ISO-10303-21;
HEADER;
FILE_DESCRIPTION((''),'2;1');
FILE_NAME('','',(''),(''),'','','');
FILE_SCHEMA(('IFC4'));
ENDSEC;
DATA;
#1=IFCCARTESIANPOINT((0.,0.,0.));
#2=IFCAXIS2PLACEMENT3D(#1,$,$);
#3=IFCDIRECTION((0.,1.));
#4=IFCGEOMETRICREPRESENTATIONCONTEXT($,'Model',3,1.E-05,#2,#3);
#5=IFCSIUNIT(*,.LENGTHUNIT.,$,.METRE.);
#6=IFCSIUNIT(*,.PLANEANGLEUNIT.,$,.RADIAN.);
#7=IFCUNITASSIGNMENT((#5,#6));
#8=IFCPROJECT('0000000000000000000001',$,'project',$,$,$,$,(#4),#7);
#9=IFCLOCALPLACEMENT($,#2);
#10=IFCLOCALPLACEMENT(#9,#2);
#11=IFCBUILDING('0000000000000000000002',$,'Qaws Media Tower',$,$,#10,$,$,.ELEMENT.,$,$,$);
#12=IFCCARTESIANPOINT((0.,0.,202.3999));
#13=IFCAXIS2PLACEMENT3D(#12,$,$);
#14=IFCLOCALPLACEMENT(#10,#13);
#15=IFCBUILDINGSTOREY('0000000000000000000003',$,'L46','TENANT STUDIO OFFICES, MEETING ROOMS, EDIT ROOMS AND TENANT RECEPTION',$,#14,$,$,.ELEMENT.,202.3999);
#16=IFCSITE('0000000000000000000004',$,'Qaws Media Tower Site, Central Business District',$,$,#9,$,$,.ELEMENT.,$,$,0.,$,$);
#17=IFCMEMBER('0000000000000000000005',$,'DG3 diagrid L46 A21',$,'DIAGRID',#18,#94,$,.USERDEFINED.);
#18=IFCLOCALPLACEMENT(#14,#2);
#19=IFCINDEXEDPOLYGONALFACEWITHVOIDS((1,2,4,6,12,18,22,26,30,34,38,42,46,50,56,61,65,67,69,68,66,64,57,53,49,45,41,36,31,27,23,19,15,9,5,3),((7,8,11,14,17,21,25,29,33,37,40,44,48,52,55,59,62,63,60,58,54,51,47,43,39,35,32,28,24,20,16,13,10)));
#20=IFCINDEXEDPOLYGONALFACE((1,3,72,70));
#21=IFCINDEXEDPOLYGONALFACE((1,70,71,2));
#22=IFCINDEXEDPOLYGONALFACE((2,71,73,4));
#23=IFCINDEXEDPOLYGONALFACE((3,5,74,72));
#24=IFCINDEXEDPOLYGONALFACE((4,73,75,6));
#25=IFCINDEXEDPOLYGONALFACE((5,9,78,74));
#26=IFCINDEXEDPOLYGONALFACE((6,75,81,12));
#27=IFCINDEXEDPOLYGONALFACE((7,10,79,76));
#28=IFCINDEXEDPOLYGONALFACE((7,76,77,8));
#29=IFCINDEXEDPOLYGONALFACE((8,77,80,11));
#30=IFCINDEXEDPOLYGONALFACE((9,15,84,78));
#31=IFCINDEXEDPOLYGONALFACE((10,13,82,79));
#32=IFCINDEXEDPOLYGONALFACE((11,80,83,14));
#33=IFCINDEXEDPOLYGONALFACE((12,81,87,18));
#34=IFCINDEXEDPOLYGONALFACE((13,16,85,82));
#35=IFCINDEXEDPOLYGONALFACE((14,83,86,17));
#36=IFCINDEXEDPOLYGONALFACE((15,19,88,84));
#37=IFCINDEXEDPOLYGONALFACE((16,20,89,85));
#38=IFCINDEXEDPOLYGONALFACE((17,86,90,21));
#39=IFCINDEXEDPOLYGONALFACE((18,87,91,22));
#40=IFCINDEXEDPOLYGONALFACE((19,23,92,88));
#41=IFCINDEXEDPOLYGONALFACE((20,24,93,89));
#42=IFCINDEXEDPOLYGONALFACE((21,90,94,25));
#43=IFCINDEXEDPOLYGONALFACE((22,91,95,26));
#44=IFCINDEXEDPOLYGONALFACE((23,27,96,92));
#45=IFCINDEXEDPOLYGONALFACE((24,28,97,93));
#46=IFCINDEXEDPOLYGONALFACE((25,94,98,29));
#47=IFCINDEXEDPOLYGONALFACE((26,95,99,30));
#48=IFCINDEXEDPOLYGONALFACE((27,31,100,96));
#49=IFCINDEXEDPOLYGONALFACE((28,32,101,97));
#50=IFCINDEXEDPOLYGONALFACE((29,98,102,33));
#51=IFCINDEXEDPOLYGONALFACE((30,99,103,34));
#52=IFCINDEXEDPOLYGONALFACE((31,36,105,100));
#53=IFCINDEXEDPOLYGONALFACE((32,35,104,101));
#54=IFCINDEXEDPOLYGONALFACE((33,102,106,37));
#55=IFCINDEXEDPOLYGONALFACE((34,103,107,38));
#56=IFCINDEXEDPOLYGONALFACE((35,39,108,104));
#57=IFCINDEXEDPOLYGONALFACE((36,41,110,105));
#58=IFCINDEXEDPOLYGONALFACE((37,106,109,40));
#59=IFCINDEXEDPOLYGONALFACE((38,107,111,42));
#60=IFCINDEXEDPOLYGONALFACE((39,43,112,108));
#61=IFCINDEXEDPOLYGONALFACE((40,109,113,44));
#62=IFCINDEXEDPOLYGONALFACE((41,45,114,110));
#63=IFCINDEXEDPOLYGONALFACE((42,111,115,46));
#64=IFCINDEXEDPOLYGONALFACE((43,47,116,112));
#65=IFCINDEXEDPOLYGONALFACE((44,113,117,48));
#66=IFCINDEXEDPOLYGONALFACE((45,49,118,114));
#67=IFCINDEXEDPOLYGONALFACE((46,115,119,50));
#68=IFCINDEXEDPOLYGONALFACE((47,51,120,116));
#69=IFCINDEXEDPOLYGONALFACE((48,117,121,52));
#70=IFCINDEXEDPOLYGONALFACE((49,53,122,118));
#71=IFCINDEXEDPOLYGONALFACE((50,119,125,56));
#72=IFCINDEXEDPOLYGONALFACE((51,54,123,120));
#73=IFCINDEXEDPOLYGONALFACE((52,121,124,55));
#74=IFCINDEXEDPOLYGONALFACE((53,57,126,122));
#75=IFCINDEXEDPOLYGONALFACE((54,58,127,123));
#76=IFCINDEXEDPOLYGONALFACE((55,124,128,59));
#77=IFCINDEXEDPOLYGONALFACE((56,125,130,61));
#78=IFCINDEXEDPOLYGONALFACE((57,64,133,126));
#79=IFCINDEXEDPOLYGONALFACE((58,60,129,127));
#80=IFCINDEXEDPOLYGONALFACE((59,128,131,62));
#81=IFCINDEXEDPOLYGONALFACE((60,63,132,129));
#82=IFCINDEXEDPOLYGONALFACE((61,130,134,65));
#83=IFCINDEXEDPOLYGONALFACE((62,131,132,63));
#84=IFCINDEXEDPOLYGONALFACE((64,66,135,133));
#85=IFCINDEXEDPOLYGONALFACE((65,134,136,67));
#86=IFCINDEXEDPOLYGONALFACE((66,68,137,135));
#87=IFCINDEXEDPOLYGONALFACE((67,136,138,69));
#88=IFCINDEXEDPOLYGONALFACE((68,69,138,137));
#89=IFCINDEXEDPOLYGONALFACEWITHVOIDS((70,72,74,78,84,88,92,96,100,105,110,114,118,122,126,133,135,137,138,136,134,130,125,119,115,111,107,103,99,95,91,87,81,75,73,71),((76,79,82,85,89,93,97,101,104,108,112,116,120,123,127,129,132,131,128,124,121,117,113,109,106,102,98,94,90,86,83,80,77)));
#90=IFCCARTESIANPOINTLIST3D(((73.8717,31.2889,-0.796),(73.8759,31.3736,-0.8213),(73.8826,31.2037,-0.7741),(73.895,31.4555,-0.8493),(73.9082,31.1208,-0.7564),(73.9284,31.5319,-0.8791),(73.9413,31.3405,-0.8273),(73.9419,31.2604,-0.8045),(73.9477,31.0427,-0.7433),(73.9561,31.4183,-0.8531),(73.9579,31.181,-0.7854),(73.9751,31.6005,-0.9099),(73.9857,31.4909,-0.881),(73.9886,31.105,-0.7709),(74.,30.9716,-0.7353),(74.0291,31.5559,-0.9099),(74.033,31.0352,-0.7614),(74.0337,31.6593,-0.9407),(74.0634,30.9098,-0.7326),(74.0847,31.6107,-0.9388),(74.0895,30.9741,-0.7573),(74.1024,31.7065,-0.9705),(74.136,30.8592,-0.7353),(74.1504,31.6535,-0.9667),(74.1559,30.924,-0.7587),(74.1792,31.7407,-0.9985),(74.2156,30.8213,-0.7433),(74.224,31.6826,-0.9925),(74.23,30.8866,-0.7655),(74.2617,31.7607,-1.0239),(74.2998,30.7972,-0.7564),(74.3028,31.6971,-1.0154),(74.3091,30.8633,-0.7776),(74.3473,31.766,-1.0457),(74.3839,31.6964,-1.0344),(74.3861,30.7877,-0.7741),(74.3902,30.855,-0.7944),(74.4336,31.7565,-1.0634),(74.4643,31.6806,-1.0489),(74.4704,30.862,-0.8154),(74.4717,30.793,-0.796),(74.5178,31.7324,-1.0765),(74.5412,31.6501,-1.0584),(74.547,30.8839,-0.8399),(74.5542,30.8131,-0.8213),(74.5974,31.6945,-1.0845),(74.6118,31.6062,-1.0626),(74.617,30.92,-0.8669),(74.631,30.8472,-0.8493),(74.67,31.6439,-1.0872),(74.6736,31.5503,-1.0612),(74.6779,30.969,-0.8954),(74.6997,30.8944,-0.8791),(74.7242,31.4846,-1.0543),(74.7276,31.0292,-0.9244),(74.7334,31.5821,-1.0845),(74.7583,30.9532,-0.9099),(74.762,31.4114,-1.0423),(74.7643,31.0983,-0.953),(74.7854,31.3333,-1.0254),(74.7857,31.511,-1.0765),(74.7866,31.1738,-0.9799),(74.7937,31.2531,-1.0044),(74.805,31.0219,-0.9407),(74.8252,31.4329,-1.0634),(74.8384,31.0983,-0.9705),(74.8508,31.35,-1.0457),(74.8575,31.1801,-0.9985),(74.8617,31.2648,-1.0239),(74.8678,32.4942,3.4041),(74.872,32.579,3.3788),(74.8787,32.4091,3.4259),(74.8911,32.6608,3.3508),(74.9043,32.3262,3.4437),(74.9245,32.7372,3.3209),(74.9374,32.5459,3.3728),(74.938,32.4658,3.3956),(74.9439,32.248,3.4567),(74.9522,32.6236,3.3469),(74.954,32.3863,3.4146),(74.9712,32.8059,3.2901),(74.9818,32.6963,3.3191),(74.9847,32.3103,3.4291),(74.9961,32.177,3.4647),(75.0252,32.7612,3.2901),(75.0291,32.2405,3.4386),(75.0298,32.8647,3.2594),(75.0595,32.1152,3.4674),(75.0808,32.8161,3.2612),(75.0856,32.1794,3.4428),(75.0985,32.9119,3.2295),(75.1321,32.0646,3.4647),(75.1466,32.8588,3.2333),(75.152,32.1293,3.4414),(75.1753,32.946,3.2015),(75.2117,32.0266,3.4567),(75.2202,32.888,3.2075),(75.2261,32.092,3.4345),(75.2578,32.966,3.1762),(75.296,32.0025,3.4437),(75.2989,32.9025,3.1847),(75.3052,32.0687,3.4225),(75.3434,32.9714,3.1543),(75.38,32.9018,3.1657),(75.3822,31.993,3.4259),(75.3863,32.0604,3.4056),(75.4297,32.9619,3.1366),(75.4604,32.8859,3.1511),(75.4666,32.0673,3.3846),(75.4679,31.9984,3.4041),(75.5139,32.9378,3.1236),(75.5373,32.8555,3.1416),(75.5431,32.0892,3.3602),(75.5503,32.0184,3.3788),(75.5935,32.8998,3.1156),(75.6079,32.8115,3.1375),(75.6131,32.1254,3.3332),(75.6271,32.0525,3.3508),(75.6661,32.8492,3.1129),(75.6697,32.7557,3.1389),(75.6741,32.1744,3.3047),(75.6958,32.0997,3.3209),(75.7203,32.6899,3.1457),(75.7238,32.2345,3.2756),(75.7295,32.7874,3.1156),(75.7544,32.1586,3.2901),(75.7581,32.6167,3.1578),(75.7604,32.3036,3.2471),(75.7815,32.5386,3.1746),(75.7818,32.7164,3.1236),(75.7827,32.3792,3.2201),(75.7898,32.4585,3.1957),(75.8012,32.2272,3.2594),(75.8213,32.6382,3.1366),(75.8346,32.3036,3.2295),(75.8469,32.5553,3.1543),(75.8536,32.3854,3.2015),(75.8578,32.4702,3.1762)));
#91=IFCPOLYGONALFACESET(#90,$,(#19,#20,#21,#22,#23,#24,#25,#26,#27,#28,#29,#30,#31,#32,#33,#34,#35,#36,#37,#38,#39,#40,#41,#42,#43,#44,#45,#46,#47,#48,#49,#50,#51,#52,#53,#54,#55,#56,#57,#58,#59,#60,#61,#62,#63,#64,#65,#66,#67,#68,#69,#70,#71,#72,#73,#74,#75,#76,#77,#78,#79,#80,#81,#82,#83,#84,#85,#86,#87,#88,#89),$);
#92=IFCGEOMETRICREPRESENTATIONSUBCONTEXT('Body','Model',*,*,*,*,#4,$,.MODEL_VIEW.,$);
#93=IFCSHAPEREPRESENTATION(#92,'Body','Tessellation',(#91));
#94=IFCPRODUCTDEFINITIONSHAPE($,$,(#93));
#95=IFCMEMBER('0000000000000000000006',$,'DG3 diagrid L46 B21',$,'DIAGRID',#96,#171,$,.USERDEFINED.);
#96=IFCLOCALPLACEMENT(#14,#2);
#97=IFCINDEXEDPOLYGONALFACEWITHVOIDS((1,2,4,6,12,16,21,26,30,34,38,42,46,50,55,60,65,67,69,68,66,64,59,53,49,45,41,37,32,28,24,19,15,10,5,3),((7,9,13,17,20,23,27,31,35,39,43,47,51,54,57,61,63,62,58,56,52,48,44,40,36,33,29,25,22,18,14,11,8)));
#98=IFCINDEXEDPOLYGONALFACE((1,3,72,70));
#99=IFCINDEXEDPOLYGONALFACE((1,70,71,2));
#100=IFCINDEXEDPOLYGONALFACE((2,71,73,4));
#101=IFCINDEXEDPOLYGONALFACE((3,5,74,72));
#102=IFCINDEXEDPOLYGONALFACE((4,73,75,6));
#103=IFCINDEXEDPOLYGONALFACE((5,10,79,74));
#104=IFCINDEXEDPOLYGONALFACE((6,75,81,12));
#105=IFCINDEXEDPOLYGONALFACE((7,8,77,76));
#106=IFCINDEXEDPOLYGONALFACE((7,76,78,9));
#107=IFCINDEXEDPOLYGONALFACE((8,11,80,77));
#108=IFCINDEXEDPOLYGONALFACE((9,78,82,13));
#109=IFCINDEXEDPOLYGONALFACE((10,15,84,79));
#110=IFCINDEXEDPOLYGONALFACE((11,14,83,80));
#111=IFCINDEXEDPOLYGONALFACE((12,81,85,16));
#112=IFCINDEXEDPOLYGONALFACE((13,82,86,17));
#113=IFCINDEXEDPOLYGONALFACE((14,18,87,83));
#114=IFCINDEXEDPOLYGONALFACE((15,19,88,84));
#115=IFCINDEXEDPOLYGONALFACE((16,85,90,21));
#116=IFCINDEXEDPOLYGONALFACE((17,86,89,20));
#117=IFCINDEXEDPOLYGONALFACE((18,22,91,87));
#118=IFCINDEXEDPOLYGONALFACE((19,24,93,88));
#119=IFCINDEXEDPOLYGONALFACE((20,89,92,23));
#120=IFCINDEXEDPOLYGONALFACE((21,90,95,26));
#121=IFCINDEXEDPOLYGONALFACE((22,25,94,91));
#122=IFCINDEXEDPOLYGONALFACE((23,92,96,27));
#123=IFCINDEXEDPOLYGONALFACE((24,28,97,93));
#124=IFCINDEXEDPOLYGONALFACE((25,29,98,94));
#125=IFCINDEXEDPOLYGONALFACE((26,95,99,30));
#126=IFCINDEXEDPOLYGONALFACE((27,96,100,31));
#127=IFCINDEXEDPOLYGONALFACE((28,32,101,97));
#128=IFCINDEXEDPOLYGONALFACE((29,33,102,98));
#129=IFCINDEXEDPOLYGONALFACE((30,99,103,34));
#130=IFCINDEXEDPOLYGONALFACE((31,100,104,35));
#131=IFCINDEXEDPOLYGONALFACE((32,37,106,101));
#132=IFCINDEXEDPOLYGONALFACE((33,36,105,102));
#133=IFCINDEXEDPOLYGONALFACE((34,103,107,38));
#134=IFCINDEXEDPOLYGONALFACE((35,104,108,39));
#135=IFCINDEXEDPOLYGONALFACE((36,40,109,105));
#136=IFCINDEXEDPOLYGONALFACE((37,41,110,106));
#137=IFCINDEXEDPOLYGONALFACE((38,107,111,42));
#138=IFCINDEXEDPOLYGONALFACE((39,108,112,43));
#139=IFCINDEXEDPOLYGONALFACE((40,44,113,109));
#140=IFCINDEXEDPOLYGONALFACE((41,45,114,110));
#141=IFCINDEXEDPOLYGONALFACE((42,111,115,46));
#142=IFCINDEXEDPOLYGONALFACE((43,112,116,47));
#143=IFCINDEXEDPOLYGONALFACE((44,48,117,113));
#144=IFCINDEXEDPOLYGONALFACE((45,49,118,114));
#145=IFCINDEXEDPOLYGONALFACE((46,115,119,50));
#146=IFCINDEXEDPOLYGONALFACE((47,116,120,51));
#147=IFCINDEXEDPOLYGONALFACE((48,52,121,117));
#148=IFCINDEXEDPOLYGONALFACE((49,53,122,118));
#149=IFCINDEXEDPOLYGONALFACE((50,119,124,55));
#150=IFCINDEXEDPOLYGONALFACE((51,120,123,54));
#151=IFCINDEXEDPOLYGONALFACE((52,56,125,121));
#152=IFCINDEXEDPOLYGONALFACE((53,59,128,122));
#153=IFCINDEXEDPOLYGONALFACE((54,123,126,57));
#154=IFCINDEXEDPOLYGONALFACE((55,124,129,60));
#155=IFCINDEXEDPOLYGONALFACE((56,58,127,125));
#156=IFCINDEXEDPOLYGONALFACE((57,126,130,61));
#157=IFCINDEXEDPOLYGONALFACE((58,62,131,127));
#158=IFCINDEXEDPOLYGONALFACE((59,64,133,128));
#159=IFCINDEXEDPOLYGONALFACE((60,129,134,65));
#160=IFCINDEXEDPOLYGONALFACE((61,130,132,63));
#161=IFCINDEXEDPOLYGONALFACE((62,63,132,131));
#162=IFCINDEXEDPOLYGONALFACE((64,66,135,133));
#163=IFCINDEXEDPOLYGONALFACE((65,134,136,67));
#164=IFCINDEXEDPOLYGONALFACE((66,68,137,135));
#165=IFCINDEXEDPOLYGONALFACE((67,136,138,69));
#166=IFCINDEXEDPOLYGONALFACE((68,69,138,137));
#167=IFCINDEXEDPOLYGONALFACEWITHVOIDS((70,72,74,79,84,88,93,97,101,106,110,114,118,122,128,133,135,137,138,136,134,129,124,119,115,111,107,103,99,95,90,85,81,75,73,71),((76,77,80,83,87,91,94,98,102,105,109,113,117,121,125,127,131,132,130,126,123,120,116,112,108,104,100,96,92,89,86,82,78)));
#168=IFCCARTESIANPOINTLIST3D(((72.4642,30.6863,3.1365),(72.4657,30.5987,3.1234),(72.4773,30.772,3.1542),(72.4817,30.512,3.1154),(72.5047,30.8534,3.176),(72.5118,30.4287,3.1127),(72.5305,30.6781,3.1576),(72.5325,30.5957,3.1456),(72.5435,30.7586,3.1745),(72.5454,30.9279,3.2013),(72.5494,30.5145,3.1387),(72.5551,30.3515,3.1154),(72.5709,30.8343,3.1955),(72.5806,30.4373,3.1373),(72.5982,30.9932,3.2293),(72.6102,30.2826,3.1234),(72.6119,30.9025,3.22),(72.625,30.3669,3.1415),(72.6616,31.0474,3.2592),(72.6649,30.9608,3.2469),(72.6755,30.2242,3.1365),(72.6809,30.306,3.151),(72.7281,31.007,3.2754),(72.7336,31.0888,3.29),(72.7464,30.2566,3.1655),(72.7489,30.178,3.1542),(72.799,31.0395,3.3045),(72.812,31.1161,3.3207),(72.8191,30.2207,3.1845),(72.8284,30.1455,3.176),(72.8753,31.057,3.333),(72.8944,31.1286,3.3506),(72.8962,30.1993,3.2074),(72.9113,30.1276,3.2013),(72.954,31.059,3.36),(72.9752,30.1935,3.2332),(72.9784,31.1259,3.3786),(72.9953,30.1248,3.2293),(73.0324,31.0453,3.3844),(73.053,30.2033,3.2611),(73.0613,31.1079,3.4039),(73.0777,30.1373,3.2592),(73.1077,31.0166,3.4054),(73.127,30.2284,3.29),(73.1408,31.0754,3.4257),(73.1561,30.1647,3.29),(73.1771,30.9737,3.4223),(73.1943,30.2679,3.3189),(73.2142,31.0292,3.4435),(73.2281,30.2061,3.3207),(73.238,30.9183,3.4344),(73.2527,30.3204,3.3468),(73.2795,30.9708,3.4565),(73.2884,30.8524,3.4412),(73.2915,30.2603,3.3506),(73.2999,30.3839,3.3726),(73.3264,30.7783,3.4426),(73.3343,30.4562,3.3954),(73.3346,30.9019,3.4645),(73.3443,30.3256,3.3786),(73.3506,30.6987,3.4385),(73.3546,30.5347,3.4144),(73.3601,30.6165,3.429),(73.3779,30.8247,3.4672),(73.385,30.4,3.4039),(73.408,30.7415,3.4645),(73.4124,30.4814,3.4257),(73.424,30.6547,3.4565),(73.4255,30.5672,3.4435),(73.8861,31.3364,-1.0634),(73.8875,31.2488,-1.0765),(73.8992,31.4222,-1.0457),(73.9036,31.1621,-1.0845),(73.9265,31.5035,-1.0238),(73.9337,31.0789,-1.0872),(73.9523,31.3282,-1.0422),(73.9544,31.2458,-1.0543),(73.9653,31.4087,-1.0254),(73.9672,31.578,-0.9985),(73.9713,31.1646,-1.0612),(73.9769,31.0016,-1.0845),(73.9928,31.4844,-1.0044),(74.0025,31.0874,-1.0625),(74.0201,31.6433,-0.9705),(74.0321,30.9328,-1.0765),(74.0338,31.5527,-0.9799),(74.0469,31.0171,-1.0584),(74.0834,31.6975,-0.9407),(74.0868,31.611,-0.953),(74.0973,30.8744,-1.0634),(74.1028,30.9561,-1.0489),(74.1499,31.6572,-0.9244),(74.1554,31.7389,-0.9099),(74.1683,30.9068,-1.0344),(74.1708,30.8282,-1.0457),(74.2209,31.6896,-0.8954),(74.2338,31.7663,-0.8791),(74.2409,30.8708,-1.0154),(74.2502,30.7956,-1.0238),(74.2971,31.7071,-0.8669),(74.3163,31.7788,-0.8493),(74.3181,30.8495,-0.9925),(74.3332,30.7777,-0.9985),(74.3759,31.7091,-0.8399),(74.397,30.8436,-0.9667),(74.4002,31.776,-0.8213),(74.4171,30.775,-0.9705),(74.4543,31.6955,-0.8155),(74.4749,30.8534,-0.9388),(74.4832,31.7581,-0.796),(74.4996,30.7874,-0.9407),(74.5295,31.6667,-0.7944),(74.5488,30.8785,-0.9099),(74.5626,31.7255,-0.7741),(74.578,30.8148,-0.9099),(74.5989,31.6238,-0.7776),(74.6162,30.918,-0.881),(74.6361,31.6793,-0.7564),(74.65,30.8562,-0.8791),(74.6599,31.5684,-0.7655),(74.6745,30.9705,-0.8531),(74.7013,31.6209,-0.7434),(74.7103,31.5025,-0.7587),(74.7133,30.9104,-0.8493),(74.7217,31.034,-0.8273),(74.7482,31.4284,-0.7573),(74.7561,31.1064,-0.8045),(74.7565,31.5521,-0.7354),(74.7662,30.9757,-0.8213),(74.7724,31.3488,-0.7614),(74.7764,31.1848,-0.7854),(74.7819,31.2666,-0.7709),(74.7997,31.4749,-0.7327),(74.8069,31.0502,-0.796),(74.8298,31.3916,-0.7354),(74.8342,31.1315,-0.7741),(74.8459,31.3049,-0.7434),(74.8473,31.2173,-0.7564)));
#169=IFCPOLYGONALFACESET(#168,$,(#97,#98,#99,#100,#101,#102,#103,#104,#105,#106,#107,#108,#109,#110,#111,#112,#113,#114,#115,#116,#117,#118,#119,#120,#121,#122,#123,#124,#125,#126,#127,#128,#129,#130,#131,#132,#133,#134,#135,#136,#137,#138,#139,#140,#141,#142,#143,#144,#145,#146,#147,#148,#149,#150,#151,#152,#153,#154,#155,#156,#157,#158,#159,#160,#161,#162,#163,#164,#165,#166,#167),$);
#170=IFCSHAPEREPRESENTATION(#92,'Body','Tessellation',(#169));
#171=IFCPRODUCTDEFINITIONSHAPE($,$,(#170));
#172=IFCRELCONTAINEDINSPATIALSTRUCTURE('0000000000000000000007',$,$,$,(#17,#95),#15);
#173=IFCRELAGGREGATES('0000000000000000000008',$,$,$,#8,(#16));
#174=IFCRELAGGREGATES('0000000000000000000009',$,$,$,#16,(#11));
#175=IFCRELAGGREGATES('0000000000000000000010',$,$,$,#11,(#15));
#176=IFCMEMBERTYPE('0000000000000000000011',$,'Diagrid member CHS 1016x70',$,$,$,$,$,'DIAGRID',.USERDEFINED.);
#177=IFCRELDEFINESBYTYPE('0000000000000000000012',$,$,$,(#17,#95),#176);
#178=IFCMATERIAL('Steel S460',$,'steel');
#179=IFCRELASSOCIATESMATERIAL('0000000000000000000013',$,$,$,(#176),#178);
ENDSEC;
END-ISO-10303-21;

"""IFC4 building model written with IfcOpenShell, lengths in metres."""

from ifc_helpers import new_model, si_unit, direction, frame, origin, origin_2d, place, context, subcontext, project, spatial, hollow_circle, extrude, material, material_profile, profile_set, type_object, element, save


model = new_model("IFC4")

# Units and contexts
model_context = context("Model", 3, precision=1e-05, world=origin(), true_north=direction((0.0, 1.0)))
body_context = subcontext(model_context, "Body", "Model", "MODEL_VIEW")
ifc_project = project(units=[si_unit("LENGTHUNIT", "METRE"), si_unit("PLANEANGLEUNIT", "RADIAN")], contexts=[model_context])

# Site, building, storey
site_placement = place(None, origin())
site = spatial("IfcSite", under=ifc_project, at=site_placement, Name="Qaws Media Tower Site, Central Business District", CompositionType="ELEMENT", RefElevation=0.0)
building_placement = place(site_placement, origin())
building = spatial("IfcBuilding", under=site, at=building_placement, Name="Qaws Media Tower", CompositionType="ELEMENT")
storey_placement = place(building_placement, frame((0.0, 0.0, 202.3999)))
storey = spatial("IfcBuildingStorey", under=building, at=storey_placement, Name="L46", Description="TENANT STUDIO OFFICES, MEETING ROOMS, EDIT ROOMS AND TENANT RECEPTION", CompositionType="ELEMENT", Elevation=202.3999)

# Members
ifc_material_1 = material(Name="Steel S460", Category="steel")
ifc_material_profile_1 = material_profile(ifc_material_1, hollow_circle(Radius=0.5081, WallThickness=0.0701, at=origin_2d()), Name="CHS 1016x70")
ifc_profile_set_1 = profile_set([ifc_material_profile_1], Name="Steel S460")
member_type_1 = type_object("IfcMemberType", Name="Diagrid member CHS 1016x70", ElementType="DIAGRID", PredefinedType="USERDEFINED", material=ifc_profile_set_1)
member_1_placement = place(storey_placement, frame((74.3667, 31.2769, -0.9099), z_axis=(0.222264, 0.26895, 0.937158), x_axis=(-0.770838, 0.637031, 0.0)))
element("IfcMember", 1, at=member_1_placement, inside=storey, type_object=member_type_1, Name="DG3 diagrid L46 A21", ObjectType="DIAGRID", PredefinedType="USERDEFINED", context=body_context, shape_type="SweptSolid", body=[
    extrude(hollow_circle(Radius=0.5081, WallThickness=0.0701, at=origin_2d()), origin(), (0.0, 0.0, 1.0), 4.4817),
])
for number, where, z_axis, x_axis, name in (
    (2, (74.3667, 31.2769, -0.9099), (-0.317275, -0.145073, 0.937171), (0.415837, -0.909439, 0.0), "DG3 diagrid L46 B21"),
):
    element("IfcMember", number, at=place(storey_placement, frame(where, z_axis=z_axis, x_axis=x_axis)), inside=storey, type_object=member_type_1, Name=name, ObjectType="DIAGRID", PredefinedType="USERDEFINED", context=body_context, shape_type="SweptSolid", body=[
        extrude(hollow_circle(Radius=0.5081, WallThickness=0.0701, at=origin_2d()), origin(), (0.0, 0.0, 1.0), 4.4814),
    ])

save(model, "model.ifc")
